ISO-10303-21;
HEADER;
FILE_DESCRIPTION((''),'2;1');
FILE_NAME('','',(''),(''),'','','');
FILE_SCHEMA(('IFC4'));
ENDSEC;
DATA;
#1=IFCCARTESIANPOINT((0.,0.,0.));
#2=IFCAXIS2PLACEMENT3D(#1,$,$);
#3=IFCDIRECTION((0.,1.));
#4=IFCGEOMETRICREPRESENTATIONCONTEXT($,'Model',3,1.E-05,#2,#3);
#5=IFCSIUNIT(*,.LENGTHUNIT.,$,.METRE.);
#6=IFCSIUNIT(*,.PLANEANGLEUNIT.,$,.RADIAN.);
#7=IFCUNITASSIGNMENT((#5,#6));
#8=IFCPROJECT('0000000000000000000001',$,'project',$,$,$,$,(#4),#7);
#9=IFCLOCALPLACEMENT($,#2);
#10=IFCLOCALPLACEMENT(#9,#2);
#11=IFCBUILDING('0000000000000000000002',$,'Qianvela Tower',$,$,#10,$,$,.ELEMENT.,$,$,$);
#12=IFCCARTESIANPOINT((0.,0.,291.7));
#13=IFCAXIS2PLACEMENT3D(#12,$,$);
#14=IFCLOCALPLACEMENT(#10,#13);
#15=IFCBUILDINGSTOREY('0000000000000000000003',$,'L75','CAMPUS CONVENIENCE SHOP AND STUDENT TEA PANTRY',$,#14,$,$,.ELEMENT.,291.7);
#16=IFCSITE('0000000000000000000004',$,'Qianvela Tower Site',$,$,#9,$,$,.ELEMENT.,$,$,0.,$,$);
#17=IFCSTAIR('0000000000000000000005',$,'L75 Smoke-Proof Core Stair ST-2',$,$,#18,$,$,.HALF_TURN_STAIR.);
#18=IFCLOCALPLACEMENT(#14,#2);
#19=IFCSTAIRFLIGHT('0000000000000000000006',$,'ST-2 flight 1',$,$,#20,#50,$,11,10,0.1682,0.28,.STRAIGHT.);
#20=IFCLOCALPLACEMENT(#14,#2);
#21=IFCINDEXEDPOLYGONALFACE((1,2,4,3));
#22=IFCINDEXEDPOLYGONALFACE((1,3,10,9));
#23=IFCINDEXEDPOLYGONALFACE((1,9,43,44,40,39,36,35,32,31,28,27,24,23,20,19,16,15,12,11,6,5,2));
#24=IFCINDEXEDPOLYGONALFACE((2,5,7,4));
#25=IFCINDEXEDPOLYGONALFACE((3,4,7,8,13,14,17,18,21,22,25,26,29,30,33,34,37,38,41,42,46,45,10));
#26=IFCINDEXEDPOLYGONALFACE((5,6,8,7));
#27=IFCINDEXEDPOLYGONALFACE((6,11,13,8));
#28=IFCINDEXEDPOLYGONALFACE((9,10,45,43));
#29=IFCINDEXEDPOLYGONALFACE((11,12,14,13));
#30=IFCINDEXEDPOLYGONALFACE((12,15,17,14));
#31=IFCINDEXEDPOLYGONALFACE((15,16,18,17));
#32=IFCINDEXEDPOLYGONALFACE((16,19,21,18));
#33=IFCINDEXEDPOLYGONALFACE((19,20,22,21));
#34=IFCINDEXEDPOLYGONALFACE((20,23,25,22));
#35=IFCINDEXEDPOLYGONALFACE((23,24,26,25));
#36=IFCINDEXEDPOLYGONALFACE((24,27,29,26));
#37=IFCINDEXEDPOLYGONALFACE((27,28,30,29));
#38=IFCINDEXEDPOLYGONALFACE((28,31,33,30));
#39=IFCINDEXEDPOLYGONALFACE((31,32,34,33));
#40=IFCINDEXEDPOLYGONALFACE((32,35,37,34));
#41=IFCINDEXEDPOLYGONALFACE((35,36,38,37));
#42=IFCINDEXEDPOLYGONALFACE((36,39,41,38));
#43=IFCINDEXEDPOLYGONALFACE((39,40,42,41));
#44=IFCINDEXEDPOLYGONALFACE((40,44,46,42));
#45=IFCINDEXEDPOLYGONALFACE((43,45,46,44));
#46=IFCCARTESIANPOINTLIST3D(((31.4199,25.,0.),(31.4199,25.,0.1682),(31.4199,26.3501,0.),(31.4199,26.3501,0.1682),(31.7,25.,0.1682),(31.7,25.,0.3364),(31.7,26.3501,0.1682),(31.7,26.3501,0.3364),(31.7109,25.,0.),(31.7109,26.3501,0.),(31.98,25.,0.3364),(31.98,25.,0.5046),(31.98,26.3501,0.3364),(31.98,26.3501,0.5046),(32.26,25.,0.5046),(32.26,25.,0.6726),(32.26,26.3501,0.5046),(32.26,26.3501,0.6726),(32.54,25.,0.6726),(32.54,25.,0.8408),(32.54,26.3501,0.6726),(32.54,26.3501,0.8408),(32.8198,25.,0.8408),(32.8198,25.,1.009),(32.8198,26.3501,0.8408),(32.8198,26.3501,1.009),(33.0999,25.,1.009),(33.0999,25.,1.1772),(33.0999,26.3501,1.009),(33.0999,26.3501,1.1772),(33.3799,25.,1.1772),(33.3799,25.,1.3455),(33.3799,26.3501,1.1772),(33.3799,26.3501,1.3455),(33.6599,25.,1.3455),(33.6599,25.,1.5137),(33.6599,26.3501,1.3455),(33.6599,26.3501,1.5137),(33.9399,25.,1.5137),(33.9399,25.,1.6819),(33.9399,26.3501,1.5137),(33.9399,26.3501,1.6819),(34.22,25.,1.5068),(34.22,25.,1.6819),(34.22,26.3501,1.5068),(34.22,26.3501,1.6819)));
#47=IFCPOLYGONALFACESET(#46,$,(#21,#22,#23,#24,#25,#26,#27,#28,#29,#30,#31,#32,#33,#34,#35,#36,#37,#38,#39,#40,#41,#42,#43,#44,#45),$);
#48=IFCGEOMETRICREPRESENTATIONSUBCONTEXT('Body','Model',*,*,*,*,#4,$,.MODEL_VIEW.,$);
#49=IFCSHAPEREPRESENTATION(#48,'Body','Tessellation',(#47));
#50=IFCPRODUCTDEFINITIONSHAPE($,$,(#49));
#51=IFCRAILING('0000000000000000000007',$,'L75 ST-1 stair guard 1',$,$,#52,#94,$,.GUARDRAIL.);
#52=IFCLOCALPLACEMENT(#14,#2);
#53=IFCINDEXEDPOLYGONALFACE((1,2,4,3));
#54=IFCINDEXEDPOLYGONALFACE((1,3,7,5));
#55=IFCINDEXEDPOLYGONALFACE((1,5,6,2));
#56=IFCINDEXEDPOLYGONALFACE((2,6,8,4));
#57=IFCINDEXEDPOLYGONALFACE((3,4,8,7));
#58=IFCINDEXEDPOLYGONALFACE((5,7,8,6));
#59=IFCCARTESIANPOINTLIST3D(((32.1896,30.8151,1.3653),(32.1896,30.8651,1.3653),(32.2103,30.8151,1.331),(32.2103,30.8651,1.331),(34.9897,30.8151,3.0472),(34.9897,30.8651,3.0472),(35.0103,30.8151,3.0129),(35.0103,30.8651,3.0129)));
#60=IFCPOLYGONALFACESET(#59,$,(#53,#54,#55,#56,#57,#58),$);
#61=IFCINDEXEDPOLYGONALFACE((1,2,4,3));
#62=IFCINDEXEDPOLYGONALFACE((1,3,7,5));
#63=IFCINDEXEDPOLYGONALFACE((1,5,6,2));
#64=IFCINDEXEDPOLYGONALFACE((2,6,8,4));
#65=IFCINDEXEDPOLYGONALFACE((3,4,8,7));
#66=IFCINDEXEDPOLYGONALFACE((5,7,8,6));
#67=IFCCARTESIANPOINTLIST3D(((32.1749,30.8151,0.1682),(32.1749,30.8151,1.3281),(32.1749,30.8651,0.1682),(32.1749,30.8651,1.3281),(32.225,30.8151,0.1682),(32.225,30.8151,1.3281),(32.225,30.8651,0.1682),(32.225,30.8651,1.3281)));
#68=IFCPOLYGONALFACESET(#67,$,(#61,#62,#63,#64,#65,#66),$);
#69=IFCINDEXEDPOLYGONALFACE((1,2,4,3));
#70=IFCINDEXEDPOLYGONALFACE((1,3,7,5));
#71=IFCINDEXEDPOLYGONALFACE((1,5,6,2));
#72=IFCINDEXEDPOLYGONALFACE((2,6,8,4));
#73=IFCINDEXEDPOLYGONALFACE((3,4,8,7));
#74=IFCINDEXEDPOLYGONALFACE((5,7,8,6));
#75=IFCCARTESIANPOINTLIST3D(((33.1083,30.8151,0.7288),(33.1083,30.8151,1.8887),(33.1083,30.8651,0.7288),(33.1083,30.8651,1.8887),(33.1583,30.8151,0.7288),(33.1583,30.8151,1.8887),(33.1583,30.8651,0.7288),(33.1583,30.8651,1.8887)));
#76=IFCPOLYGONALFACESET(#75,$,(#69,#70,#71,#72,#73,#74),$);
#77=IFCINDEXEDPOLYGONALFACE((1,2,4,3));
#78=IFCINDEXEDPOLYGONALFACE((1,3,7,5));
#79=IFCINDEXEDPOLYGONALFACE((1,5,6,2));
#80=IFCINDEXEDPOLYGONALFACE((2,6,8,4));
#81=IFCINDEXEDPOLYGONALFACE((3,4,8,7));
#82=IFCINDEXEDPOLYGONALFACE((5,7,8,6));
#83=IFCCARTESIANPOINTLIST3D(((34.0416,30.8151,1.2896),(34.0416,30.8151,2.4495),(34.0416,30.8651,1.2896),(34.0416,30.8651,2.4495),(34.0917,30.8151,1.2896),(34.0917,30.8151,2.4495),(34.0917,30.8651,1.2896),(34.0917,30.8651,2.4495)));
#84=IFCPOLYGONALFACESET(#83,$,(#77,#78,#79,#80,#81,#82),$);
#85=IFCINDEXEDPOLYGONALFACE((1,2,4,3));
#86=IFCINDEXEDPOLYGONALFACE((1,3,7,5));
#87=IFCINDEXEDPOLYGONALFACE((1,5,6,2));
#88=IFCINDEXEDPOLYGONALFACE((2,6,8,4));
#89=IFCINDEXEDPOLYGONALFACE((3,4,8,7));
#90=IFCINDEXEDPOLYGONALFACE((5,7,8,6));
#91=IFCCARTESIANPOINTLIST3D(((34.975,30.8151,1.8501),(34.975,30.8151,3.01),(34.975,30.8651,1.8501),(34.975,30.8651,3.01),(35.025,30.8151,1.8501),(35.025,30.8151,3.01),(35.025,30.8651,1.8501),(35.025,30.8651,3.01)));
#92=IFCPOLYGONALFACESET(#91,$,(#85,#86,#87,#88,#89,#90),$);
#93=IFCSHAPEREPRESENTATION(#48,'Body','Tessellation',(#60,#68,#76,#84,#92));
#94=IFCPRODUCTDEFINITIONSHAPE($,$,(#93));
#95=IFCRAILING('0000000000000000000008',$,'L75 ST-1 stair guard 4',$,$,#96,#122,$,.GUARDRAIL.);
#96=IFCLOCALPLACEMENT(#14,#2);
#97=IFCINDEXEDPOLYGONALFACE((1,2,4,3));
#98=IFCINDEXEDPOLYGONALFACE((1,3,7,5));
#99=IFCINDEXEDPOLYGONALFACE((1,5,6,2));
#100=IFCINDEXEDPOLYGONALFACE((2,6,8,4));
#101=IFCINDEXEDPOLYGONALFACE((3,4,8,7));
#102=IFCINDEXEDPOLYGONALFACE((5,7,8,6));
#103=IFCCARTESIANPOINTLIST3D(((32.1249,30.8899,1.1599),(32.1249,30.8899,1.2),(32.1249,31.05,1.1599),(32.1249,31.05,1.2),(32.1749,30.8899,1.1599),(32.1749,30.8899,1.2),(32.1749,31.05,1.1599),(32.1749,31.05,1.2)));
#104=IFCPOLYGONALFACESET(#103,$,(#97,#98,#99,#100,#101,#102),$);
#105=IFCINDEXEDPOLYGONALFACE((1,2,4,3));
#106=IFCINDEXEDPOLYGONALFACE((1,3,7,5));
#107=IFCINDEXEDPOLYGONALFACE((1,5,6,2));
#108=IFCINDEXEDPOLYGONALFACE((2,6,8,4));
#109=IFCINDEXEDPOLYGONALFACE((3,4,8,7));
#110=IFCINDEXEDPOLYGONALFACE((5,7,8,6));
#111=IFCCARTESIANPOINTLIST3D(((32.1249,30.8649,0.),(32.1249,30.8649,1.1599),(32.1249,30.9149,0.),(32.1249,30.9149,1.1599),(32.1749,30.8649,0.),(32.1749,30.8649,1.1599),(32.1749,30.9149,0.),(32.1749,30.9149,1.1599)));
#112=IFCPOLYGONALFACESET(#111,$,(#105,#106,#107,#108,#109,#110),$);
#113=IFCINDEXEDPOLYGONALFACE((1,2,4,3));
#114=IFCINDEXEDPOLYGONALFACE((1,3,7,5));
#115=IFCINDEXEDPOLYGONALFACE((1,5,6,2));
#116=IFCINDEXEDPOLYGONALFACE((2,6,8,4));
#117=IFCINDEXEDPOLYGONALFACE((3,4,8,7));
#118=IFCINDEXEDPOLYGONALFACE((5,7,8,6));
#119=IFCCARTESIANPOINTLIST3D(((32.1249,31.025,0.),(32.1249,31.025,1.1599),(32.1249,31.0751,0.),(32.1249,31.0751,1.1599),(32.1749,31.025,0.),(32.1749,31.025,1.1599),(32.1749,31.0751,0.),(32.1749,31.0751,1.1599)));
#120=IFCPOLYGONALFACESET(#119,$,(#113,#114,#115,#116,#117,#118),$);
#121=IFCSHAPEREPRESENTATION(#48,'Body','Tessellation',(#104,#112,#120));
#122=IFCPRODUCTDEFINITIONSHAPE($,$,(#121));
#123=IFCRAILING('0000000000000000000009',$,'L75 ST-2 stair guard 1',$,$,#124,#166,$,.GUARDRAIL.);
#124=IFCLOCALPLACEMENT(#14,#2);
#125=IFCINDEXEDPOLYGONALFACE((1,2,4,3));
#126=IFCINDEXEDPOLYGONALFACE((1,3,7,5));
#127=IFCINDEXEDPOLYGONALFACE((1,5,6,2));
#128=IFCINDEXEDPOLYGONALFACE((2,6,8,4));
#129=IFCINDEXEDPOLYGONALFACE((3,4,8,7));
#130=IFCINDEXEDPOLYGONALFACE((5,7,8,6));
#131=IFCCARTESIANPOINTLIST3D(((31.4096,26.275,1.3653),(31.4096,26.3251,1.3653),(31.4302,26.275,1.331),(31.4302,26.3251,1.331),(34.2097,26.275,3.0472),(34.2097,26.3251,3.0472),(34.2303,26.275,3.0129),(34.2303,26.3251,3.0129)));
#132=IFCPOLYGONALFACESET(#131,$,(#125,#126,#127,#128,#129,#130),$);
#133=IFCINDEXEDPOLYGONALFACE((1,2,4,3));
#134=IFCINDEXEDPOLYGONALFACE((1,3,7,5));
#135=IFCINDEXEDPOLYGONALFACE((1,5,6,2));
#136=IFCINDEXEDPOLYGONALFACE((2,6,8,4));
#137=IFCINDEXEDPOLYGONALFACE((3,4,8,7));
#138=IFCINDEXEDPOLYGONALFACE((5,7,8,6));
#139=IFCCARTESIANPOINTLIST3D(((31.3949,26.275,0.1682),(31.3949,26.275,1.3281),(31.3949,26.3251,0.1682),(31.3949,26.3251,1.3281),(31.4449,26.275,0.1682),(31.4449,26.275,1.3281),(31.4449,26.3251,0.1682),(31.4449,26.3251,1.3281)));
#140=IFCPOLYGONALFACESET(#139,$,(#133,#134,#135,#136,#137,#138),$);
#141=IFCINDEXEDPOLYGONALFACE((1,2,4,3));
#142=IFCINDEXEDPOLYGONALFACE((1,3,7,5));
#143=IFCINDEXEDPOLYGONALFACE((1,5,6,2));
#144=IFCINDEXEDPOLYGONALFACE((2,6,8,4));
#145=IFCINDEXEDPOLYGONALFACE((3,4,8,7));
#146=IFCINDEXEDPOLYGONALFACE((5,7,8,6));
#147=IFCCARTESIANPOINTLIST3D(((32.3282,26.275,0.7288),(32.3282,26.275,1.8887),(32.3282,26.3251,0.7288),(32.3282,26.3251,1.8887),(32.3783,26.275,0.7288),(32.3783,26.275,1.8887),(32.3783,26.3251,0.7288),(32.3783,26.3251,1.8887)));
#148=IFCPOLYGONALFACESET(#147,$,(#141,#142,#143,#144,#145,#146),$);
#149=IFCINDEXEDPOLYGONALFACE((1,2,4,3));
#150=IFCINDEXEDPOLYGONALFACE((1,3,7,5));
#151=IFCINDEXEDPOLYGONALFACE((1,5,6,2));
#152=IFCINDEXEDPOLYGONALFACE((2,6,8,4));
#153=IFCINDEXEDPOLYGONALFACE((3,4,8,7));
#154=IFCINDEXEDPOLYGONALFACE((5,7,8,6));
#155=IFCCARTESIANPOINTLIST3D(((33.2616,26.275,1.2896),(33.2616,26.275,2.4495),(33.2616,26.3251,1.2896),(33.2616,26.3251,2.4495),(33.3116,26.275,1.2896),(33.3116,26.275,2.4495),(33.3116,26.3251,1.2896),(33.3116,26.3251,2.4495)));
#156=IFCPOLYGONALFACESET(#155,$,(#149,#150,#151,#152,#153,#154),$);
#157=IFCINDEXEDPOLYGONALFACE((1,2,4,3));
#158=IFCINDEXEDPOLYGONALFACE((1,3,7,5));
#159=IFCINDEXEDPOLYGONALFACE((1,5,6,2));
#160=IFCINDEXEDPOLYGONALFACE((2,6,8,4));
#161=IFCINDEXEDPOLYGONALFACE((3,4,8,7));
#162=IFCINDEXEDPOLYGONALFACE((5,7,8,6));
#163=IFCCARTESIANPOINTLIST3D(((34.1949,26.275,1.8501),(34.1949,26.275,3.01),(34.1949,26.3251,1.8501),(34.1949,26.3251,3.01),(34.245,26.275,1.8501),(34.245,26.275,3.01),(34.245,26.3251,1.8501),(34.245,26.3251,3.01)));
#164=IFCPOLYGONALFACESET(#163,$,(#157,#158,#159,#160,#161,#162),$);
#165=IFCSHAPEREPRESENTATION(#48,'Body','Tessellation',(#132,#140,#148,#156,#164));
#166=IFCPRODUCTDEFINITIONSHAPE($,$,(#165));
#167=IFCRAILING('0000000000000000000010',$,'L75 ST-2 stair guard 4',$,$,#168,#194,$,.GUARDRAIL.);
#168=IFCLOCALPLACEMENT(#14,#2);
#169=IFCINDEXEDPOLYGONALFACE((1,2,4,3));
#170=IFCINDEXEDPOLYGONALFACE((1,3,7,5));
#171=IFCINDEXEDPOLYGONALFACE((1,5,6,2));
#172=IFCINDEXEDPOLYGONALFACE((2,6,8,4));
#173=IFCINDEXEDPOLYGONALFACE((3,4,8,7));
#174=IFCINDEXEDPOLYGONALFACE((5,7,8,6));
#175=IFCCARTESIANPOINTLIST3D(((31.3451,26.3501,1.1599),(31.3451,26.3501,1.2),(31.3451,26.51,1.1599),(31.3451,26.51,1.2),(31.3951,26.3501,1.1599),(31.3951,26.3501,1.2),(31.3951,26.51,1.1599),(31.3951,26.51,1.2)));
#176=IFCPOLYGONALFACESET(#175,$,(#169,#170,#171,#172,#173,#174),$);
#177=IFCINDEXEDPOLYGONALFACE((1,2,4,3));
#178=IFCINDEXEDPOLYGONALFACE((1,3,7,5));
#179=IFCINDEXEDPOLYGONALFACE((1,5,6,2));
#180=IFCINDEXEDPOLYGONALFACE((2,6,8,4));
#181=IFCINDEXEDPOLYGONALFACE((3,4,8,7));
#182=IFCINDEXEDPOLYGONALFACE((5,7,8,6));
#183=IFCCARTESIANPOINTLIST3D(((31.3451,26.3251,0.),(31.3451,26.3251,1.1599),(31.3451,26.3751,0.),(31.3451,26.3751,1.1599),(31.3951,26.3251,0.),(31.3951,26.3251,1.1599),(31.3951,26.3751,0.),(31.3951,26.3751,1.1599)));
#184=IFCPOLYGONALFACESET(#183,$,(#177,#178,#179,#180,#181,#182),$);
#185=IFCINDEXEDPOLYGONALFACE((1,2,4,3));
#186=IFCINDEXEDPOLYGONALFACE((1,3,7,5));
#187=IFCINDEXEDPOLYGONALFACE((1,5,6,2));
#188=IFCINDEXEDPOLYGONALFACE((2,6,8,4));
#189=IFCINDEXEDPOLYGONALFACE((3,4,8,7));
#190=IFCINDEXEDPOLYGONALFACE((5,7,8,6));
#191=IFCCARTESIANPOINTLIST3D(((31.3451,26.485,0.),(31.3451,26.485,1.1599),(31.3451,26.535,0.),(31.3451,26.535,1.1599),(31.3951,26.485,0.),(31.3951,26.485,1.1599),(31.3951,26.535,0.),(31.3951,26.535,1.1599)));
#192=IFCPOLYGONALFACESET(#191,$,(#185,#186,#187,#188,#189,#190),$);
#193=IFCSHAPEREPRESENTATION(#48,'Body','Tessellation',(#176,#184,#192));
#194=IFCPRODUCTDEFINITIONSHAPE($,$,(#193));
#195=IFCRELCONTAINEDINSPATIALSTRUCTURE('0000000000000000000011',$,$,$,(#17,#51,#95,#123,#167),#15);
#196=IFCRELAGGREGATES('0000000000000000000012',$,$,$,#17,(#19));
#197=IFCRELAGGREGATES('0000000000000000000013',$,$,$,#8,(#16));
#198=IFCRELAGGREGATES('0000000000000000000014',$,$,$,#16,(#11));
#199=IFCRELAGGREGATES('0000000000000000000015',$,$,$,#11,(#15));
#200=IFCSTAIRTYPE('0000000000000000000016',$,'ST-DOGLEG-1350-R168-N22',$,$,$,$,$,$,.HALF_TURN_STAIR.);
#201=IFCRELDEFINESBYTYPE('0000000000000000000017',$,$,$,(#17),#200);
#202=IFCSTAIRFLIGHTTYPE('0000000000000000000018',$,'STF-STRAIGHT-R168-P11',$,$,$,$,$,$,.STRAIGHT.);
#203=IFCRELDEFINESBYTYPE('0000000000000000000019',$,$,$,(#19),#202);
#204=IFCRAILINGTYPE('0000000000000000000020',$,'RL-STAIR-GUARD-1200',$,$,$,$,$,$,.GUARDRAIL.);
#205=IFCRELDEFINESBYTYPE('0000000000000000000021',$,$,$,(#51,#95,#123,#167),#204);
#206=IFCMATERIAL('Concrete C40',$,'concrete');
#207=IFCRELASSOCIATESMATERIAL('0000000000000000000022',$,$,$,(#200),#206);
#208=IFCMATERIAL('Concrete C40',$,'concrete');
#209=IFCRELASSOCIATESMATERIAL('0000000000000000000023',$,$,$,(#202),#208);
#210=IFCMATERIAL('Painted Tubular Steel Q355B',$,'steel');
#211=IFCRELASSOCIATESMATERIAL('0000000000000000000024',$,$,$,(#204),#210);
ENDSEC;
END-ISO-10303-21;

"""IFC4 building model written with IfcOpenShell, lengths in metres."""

from ifc_helpers import new_model, si_unit, direction, frame, origin, origin_2d, place, context, subcontext, project, spatial, polyline, rectangle, outline, extrude, material, type_object, element, aggregate, save


model = new_model("IFC4")

# Units and contexts
model_context = context("Model", 3, precision=1e-05, world=origin(), true_north=direction((0.0, 1.0)))
body_context = subcontext(model_context, "Body", "Model", "MODEL_VIEW")
ifc_project = project(units=[si_unit("LENGTHUNIT", "METRE"), si_unit("PLANEANGLEUNIT", "RADIAN")], contexts=[model_context])

# Site, building, storey
site_placement = place(None, origin())
site = spatial("IfcSite", under=ifc_project, at=site_placement, Name="Qianvela Tower Site", CompositionType="ELEMENT", RefElevation=0.0)
building_placement = place(site_placement, origin())
building = spatial("IfcBuilding", under=site, at=building_placement, Name="Qianvela Tower", CompositionType="ELEMENT")
storey_placement = place(building_placement, frame((0.0, 0.0, 291.7)))
storey = spatial("IfcBuildingStorey", under=building, at=storey_placement, Name="L75", Description="CAMPUS CONVENIENCE SHOP AND STUDENT TEA PANTRY", CompositionType="ELEMENT", Elevation=291.7)

# Stair, stair flight
ifc_material_1 = material(Name="Concrete C40", Category="concrete")
stair_type = type_object("IfcStairType", Name="ST-DOGLEG-1350-R168-N22", PredefinedType="HALF_TURN_STAIR", material=ifc_material_1)
ifc_material_2 = material(Name="Concrete C40", Category="concrete")
stair_flight_type = type_object("IfcStairFlightType", Name="STF-STRAIGHT-R168-P11", PredefinedType="STRAIGHT", material=ifc_material_2)
stair_1_placement = place(storey_placement, origin())
stair_1 = element("IfcStair", 1, at=stair_1_placement, inside=storey, type_object=stair_type, Name="L75 Smoke-Proof Core Stair ST-2", PredefinedType="HALF_TURN_STAIR")
stair_flight_1_placement = place(storey_placement, frame((31.4199, 25.675, 0.0), z_axis=(0.0, 0.0, 1.0), x_axis=(1.0, 0.0, 0.0)))
stair_flight_1 = element("IfcStairFlight", 2, at=stair_flight_1_placement, type_object=stair_flight_type, Name="ST-2 flight 1", NumberOfRisers=11, NumberOfTreads=10, PredefinedType="STRAIGHT", RiserHeight=0.1682, TreadLength=0.28, context=body_context, shape_type="SweptSolid", body=[
    extrude(outline(polyline([(0.0, 0.0), (0.0, 0.1682), (0.28, 0.1682), (0.28, 0.3364), (0.5601, 0.3364), (0.5601, 0.5046), (0.8401, 0.5046), (0.8401, 0.6726), (1.1201, 0.6726), (1.1201, 0.8408), (1.3999, 0.8408), (1.3999, 1.009), (1.6799, 1.009), (1.6799, 1.1772), (1.96, 1.1772), (1.96, 1.3455), (2.24, 1.3455), (2.24, 1.5137), (2.52, 1.5137), (2.52, 1.6819), (2.8, 1.6819), (2.8, 1.8501), (2.8, 1.5068), (0.291, 0.0), (0.0, 0.0)])), frame((0.0, 0.675, 0.0), z_axis=(0.0, -1.0, 0.0), x_axis=(1.0, 0.0, 0.0)), (0.0, 0.0, 1.0), 1.3501),
])
aggregate(stair_1, [stair_flight_1])

# Railings
ifc_material_3 = material(Name="Painted Tubular Steel Q355B", Category="steel")
railing_type_1 = type_object("IfcRailingType", Name="RL-STAIR-GUARD-1200", PredefinedType="GUARDRAIL", material=ifc_material_3)
railing_1_placement = place(storey_placement, frame((32.2, 30.8401, 0.1682)))
element("IfcRailing", 3, at=railing_1_placement, inside=storey, type_object=railing_type_1, Name="L75 ST-1 stair guard 1", PredefinedType="GUARDRAIL", context=body_context, shape_type="SweptSolid", body=[
    extrude(rectangle(XDim=0.05, YDim=0.04, at=origin_2d()), frame((0.0, 0.0, 1.1799), z_axis=(0.857242, 0.0, 0.514913), x_axis=(0.0, 1.0, 0.0)), (0.0, 0.0, 1.0), 3.2664),
    extrude(rectangle(XDim=0.05, YDim=0.05, at=origin_2d()), origin(), (0.0, 0.0, 1.0), 1.1599),
    extrude(rectangle(XDim=0.05, YDim=0.05, at=origin_2d()), frame((0.9333, 0.0, 0.5605)), (0.0, 0.0, 1.0), 1.1599),
    extrude(rectangle(XDim=0.05, YDim=0.05, at=origin_2d()), frame((1.8667, 0.0, 1.1213)), (0.0, 0.0, 1.0), 1.1599),
    extrude(rectangle(XDim=0.05, YDim=0.05, at=origin_2d()), frame((2.8, 0.0, 1.6819)), (0.0, 0.0, 1.0), 1.1599),
])
railing_2_placement = place(storey_placement, frame((32.1499, 30.8899, 0.0)))
element("IfcRailing", 4, at=railing_2_placement, inside=storey, type_object=railing_type_1, Name="L75 ST-1 stair guard 4", PredefinedType="GUARDRAIL", context=body_context, shape_type="SweptSolid", body=[
    extrude(rectangle(XDim=0.05, YDim=0.04, at=origin_2d()), frame((0.0, 0.0, 1.1799), z_axis=(0.0, 1.0, 0.0), x_axis=(-1.0, 0.0, 0.0)), (0.0, 0.0, 1.0), 0.1602),
    extrude(rectangle(XDim=0.05, YDim=0.05, at=origin_2d()), origin(), (0.0, 0.0, 1.0), 1.1599),
    extrude(rectangle(XDim=0.05, YDim=0.05, at=origin_2d()), frame((0.0, 0.1602, 0.0)), (0.0, 0.0, 1.0), 1.1599),
])
railing_3_placement = place(storey_placement, frame((31.4199, 26.3, 0.1682)))
element("IfcRailing", 5, at=railing_3_placement, inside=storey, type_object=railing_type_1, Name="L75 ST-2 stair guard 1", PredefinedType="GUARDRAIL", context=body_context, shape_type="SweptSolid", body=[
    extrude(rectangle(XDim=0.05, YDim=0.04, at=origin_2d()), frame((0.0, 0.0, 1.1799), z_axis=(0.857242, 0.0, 0.514913), x_axis=(0.0, 1.0, 0.0)), (0.0, 0.0, 1.0), 3.2664),
    extrude(rectangle(XDim=0.05, YDim=0.05, at=origin_2d()), origin(), (0.0, 0.0, 1.0), 1.1599),
    extrude(rectangle(XDim=0.05, YDim=0.05, at=origin_2d()), frame((0.9333, 0.0, 0.5605)), (0.0, 0.0, 1.0), 1.1599),
    extrude(rectangle(XDim=0.05, YDim=0.05, at=origin_2d()), frame((1.8667, 0.0, 1.1213)), (0.0, 0.0, 1.0), 1.1599),
    extrude(rectangle(XDim=0.05, YDim=0.05, at=origin_2d()), frame((2.8, 0.0, 1.6819)), (0.0, 0.0, 1.0), 1.1599),
])
railing_4_placement = place(storey_placement, frame((31.3701, 26.3501, 0.0)))
element("IfcRailing", 6, at=railing_4_placement, inside=storey, type_object=railing_type_1, Name="L75 ST-2 stair guard 4", PredefinedType="GUARDRAIL", context=body_context, shape_type="SweptSolid", body=[
    extrude(rectangle(XDim=0.05, YDim=0.04, at=origin_2d()), frame((0.0, 0.0, 1.1799), z_axis=(0.0, 1.0, 0.0), x_axis=(-1.0, 0.0, 0.0)), (0.0, 0.0, 1.0), 0.1599),
    extrude(rectangle(XDim=0.05, YDim=0.05, at=origin_2d()), origin(), (0.0, 0.0, 1.0), 1.1599),
    extrude(rectangle(XDim=0.05, YDim=0.05, at=origin_2d()), frame((0.0, 0.1599, 0.0)), (0.0, 0.0, 1.0), 1.1599),
])

save(model, "model.ifc")
